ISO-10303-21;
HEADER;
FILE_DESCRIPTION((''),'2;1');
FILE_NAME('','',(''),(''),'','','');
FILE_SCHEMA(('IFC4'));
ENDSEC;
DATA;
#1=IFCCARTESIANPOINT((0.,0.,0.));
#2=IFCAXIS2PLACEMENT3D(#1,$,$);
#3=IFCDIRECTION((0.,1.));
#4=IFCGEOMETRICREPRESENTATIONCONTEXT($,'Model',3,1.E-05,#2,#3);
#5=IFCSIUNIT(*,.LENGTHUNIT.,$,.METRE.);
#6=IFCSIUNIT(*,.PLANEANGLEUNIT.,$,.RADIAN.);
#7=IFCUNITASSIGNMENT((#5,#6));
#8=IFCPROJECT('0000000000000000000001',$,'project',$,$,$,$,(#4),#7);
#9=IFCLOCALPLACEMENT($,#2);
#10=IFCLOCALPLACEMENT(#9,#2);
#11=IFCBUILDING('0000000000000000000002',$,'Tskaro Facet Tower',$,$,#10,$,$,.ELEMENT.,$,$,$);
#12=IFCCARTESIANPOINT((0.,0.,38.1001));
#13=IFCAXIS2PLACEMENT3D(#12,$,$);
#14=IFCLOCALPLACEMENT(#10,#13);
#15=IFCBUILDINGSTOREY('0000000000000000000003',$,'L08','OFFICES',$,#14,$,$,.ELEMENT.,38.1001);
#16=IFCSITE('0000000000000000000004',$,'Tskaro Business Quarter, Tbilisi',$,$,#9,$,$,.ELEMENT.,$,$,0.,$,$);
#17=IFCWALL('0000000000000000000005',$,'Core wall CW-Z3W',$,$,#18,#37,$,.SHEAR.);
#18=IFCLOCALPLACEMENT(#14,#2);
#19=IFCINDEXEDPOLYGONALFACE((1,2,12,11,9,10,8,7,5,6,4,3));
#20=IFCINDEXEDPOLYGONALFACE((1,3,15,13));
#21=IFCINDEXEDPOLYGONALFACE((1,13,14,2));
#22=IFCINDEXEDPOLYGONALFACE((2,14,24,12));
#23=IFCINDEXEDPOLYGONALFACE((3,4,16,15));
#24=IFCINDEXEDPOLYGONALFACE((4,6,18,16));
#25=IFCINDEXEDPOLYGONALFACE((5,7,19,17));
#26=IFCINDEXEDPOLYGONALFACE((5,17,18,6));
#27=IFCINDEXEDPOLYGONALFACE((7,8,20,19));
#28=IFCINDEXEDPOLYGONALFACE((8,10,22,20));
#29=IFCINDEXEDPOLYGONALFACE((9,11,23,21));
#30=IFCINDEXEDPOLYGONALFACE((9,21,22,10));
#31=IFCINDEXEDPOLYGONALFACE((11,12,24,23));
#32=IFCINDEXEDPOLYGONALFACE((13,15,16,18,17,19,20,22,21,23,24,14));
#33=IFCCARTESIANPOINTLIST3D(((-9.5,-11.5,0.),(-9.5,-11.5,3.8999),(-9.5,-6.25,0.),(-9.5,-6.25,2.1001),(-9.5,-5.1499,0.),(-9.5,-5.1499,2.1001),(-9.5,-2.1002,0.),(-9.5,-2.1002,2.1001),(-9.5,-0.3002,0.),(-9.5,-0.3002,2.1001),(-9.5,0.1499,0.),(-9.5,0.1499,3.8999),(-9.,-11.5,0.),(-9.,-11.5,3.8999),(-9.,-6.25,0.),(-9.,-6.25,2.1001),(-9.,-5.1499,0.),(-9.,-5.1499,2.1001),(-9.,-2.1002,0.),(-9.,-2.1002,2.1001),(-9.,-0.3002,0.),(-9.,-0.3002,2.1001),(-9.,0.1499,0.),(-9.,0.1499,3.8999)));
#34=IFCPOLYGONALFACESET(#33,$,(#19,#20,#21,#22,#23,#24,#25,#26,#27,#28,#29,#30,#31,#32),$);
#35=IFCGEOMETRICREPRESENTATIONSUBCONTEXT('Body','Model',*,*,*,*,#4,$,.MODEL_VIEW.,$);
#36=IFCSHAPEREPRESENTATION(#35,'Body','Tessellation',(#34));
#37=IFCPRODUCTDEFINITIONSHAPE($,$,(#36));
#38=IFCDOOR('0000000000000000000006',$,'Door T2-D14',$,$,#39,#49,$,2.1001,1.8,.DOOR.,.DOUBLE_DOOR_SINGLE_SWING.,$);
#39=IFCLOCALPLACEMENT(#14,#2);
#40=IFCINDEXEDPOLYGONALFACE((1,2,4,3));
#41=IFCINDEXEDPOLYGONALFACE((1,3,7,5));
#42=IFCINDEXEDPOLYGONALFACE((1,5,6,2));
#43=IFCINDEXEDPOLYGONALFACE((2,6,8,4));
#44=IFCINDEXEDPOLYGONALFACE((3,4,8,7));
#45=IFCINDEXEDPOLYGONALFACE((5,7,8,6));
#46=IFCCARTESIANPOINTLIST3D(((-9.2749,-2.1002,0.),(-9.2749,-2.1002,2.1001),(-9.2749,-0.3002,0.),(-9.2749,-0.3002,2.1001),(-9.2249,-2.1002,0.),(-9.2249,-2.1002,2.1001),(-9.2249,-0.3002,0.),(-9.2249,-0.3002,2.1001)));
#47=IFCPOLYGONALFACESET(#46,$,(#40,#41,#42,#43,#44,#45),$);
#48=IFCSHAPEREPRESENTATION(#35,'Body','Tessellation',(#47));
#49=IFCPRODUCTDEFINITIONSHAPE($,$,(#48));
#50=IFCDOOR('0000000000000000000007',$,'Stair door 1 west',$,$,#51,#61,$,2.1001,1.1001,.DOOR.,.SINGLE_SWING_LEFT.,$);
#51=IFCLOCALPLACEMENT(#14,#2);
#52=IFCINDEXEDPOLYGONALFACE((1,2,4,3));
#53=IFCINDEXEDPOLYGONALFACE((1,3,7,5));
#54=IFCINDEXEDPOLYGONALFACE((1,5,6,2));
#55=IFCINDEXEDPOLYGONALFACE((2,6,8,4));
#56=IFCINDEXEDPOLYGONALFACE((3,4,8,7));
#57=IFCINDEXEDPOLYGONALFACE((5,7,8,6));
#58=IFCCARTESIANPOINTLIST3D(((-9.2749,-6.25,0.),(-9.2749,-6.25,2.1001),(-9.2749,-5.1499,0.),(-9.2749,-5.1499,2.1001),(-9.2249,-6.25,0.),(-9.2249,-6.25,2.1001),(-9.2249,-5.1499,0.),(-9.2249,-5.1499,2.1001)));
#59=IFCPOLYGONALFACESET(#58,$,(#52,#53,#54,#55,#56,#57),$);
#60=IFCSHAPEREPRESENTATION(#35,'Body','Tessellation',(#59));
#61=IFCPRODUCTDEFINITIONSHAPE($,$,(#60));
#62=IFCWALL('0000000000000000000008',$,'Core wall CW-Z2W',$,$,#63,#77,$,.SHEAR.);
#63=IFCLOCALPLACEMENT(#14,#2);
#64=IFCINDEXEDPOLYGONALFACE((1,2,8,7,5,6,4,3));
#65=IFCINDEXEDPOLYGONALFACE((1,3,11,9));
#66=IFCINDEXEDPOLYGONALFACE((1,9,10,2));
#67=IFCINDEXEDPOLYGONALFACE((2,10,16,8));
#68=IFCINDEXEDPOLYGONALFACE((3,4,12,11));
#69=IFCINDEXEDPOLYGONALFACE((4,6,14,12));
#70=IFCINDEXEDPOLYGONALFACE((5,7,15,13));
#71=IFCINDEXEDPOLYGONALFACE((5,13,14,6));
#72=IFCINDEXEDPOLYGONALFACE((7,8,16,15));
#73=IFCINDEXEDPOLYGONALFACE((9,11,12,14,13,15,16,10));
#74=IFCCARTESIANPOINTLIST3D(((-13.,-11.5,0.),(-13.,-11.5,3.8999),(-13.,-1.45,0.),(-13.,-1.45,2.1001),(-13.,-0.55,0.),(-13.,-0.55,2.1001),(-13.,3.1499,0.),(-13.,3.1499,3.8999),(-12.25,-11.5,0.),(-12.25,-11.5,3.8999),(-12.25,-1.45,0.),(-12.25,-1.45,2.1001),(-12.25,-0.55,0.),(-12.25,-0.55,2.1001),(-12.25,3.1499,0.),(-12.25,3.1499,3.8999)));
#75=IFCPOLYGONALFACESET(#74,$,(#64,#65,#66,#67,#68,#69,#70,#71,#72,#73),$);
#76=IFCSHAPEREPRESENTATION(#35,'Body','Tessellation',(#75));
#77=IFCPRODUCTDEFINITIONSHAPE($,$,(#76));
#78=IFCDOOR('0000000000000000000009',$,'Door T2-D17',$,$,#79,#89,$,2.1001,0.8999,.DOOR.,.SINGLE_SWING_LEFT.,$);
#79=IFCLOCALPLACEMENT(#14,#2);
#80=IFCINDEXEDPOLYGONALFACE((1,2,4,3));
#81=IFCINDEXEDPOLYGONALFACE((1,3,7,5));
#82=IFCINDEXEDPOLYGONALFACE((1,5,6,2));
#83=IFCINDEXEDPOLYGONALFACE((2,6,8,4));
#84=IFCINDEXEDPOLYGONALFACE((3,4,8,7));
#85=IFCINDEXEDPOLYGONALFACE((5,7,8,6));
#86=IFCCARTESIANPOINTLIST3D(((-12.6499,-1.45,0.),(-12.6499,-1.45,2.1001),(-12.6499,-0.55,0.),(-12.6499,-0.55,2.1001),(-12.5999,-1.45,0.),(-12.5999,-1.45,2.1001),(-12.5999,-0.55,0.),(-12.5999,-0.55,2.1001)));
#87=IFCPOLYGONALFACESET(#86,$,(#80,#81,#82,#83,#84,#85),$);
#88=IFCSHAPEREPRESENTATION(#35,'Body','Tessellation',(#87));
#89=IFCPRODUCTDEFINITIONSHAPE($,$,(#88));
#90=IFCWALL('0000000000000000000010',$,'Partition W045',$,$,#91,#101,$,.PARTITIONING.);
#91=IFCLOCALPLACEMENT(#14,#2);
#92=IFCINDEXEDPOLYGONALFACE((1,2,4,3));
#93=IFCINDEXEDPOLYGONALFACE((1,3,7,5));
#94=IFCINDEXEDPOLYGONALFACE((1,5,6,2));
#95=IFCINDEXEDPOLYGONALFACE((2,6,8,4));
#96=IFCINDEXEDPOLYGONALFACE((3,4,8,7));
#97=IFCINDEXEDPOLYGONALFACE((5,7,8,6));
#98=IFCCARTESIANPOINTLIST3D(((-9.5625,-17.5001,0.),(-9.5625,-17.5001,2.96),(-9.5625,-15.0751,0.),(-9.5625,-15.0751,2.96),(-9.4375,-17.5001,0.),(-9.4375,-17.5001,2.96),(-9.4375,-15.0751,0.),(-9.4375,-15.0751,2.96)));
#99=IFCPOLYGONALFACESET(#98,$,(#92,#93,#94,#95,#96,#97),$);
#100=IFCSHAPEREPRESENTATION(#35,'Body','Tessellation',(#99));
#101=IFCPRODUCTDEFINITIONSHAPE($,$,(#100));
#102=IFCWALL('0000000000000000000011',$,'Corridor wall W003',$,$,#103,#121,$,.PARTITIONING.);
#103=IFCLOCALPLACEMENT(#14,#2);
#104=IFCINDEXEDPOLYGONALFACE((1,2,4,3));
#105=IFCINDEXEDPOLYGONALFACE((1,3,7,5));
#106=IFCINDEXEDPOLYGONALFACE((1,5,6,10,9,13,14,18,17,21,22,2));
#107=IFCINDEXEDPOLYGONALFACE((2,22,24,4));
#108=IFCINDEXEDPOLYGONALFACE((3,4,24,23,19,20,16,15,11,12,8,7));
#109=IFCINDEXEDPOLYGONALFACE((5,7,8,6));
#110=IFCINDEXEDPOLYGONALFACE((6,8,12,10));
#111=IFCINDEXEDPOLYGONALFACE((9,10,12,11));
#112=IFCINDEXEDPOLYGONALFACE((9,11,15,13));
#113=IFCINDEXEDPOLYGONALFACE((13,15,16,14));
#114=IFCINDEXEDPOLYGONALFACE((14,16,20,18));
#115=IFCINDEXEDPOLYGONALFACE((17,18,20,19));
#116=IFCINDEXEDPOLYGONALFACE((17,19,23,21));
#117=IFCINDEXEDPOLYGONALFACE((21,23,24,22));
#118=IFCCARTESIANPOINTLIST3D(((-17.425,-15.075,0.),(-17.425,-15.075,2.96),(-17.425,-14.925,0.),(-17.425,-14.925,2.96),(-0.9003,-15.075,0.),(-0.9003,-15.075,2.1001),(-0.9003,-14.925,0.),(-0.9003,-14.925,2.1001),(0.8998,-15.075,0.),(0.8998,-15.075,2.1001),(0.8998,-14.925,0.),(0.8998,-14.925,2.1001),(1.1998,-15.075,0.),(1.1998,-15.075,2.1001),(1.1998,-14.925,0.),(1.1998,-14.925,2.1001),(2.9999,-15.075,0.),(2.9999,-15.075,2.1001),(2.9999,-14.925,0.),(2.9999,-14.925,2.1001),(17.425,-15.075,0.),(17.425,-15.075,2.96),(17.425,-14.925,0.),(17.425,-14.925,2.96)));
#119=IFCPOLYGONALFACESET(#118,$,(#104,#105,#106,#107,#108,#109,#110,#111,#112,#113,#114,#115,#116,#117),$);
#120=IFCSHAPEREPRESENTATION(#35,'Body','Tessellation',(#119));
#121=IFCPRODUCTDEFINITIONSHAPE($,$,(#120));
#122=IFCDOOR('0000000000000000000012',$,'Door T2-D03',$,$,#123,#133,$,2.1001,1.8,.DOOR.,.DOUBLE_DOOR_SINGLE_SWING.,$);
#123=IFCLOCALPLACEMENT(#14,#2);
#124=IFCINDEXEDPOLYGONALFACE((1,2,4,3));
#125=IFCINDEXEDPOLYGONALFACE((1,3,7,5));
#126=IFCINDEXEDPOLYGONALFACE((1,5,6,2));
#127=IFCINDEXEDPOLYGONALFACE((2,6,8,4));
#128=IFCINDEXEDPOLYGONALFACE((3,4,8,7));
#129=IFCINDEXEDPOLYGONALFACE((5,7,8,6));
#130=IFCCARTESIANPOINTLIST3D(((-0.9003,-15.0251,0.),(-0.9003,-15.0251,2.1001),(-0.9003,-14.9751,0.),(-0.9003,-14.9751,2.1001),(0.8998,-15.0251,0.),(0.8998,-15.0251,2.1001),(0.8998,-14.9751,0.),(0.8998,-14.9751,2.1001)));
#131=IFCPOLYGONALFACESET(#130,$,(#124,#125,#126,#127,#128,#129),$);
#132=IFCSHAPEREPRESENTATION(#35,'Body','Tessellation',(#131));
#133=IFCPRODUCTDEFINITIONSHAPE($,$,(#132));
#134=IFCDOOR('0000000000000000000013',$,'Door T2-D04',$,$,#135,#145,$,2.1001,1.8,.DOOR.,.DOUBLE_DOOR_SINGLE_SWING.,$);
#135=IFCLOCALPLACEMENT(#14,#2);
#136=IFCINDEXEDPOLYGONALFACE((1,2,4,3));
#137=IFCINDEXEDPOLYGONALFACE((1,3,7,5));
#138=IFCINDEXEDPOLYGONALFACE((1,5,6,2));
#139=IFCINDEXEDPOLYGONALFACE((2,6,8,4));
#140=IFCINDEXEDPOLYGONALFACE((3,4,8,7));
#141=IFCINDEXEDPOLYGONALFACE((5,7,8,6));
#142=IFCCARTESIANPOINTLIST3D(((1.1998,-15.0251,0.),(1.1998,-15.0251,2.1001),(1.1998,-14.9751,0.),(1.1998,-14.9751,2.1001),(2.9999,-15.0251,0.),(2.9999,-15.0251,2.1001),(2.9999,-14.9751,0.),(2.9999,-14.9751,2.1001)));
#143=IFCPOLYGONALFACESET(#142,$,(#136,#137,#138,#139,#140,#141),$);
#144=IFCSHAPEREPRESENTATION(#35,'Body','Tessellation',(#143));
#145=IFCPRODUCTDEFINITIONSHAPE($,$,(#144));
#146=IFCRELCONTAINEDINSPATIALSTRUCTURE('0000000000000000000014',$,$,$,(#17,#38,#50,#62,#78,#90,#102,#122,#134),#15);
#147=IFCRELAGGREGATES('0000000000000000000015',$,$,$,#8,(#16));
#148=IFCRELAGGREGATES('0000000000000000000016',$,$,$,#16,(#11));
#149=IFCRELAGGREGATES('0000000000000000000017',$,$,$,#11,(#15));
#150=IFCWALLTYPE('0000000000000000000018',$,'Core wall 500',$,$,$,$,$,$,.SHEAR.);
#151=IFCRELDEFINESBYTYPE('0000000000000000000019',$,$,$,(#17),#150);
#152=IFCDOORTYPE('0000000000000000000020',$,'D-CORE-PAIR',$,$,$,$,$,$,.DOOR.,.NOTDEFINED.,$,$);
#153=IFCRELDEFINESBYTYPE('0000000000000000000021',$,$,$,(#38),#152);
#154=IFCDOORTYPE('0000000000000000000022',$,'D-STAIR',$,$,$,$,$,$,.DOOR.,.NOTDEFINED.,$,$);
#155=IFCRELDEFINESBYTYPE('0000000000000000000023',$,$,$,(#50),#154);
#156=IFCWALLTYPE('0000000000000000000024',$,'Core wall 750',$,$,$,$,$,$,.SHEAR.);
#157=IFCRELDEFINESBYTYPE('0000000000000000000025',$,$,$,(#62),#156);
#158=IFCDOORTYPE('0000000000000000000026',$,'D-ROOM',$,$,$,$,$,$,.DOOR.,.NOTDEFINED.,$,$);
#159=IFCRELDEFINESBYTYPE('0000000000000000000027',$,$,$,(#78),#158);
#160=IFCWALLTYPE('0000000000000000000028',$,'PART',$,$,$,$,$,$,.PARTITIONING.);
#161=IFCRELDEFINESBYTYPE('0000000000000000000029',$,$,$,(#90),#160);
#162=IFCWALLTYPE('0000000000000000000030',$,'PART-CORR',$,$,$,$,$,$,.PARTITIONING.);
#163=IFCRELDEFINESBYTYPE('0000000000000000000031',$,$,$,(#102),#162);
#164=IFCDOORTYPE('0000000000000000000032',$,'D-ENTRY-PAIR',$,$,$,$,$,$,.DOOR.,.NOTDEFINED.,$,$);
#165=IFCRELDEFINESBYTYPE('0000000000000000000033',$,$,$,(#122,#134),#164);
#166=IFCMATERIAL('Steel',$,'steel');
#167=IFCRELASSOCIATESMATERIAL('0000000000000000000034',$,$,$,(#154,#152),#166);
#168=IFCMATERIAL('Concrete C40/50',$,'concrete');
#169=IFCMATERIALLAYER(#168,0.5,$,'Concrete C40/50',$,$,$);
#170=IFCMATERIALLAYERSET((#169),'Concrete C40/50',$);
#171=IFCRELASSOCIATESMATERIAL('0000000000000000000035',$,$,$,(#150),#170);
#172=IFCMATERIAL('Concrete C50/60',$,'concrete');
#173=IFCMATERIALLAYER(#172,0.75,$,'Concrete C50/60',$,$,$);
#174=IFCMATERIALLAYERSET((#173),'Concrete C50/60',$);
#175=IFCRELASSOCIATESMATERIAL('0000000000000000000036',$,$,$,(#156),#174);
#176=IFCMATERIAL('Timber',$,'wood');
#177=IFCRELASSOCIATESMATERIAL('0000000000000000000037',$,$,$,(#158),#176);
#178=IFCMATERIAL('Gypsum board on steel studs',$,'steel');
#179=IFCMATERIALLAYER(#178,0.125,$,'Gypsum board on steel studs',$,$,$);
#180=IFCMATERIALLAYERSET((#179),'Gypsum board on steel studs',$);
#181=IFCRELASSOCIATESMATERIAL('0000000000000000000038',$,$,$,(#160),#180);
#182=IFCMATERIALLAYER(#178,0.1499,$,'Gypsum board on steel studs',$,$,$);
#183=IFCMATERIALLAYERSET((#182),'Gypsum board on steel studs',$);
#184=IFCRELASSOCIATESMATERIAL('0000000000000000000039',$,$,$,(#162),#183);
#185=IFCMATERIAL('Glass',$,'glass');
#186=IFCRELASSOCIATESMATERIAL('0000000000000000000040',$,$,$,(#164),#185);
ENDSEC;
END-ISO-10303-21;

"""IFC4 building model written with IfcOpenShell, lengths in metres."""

from ifc_helpers import new_model, si_unit, direction, frame, frame_2d, origin, place, context, subcontext, project, spatial, rectangle, extrude, material, layer, layer_set, type_object, element, fill, save


model = new_model("IFC4")

# Units and contexts
model_context = context("Model", 3, precision=1e-05, world=origin(), true_north=direction((0.0, 1.0)))
body_context = subcontext(model_context, "Body", "Model", "MODEL_VIEW")
ifc_project = project(units=[si_unit("LENGTHUNIT", "METRE"), si_unit("PLANEANGLEUNIT", "RADIAN")], contexts=[model_context])

# Site, building, storey
site_placement = place(None, origin())
site = spatial("IfcSite", under=ifc_project, at=site_placement, Name="Tskaro Business Quarter, Tbilisi", CompositionType="ELEMENT", RefElevation=0.0)
building_placement = place(site_placement, origin())
building = spatial("IfcBuilding", under=site, at=building_placement, Name="Tskaro Facet Tower", CompositionType="ELEMENT")
storey_placement = place(building_placement, frame((0.0, 0.0, 38.1001)))
storey = spatial("IfcBuildingStorey", under=building, at=storey_placement, Name="L08", Description="OFFICES", CompositionType="ELEMENT", Elevation=38.1001)

# Shared definitions
ifc_material_1 = material(Name="Steel", Category="steel")
door_type_1 = type_object("IfcDoorType", Name="D-STAIR", OperationType="NOTDEFINED", PredefinedType="DOOR", material=ifc_material_1)

# Shared definitions
door_type_2 = type_object("IfcDoorType", Name="D-CORE-PAIR", OperationType="NOTDEFINED", PredefinedType="DOOR", material=ifc_material_1)

# Wall, openings, doors
ifc_material_2 = material(Name="Concrete C40/50", Category="concrete")
ifc_layer_1 = layer(ifc_material_2, 0.5, Name="Concrete C40/50")
ifc_layer_set_1 = layer_set([ifc_layer_1], Name="Concrete C40/50")
wall_type_1 = type_object("IfcWallType", Name="Core wall 500", PredefinedType="SHEAR", material=ifc_layer_set_1)
wall_1_placement = place(storey_placement, frame((-9.25, -11.5, 0.0), z_axis=(0.0, 0.0, 1.0), x_axis=(0.0, 1.0, 0.0)))
wall_1 = element("IfcWall", 1, at=wall_1_placement, inside=storey, type_object=wall_type_1, Name="Core wall CW-Z3W", PredefinedType="SHEAR", context=body_context, shape_type="SweptSolid", body=[
    extrude(rectangle(XDim=11.6499, YDim=0.5, at=frame_2d((5.825, 0.0))), origin(), (0.0, 0.0, 1.0), 3.8999),
])
opening_1_placement = place(wall_1_placement, frame((9.3999, 0.0, 0.0)))
opening_1 = element("IfcOpeningElement", 2, at=opening_1_placement, cuts=wall_1, PredefinedType="OPENING", context=body_context, shape_type="SweptSolid", body=[
    extrude(rectangle(XDim=1.8, YDim=2.1001, at=frame_2d((0.8999, 1.05))), frame((0.0, 0.26, 0.0), z_axis=(0.0, -1.0, 0.0), x_axis=(1.0, 0.0, 0.0)), (0.0, 0.0, 1.0), 0.52),
])
opening_2_placement = place(wall_1_placement, frame((5.25, 0.0, 0.0)))
opening_2 = element("IfcOpeningElement", 3, at=opening_2_placement, cuts=wall_1, PredefinedType="OPENING", context=body_context, shape_type="SweptSolid", body=[
    extrude(rectangle(XDim=1.1001, YDim=2.1001, at=frame_2d((0.55, 1.05))), frame((0.0, 0.26, 0.0), z_axis=(0.0, -1.0, 0.0), x_axis=(1.0, 0.0, 0.0)), (0.0, 0.0, 1.0), 0.52),
])
door_1_placement = place(opening_1_placement, origin())
door_1 = element("IfcDoor", 4, at=door_1_placement, inside=storey, type_object=door_type_2, Name="Door T2-D14", OperationType="DOUBLE_DOOR_SINGLE_SWING", OverallHeight=2.1001, OverallWidth=1.8, PredefinedType="DOOR", context=body_context, shape_type="SweptSolid", body=[
    extrude(rectangle(XDim=1.8, YDim=2.1001, at=frame_2d((0.8999, 1.05))), frame((0.0, 0.0249, 0.0), z_axis=(0.0, -1.0, 0.0), x_axis=(1.0, 0.0, 0.0)), (0.0, 0.0, 1.0), 0.05),
])
fill(opening_1, door_1)
door_2_placement = place(opening_2_placement, origin())
door_2 = element("IfcDoor", 5, at=door_2_placement, inside=storey, type_object=door_type_1, Name="Stair door 1 west", OperationType="SINGLE_SWING_LEFT", OverallHeight=2.1001, OverallWidth=1.1001, PredefinedType="DOOR", context=body_context, shape_type="SweptSolid", body=[
    extrude(rectangle(XDim=1.1001, YDim=2.1001, at=frame_2d((0.55, 1.05))), frame((0.0, 0.0249, 0.0), z_axis=(0.0, -1.0, 0.0), x_axis=(1.0, 0.0, 0.0)), (0.0, 0.0, 1.0), 0.05),
])
fill(opening_2, door_2)

# Wall, opening, door
ifc_material_3 = material(Name="Concrete C50/60", Category="concrete")
ifc_layer_2 = layer(ifc_material_3, 0.75, Name="Concrete C50/60")
ifc_layer_set_2 = layer_set([ifc_layer_2], Name="Concrete C50/60")
wall_type_2 = type_object("IfcWallType", Name="Core wall 750", PredefinedType="SHEAR", material=ifc_layer_set_2)
wall_2_placement = place(storey_placement, frame((-12.625, -11.5, 0.0), z_axis=(0.0, 0.0, 1.0), x_axis=(0.0, 1.0, 0.0)))
wall_2 = element("IfcWall", 6, at=wall_2_placement, inside=storey, type_object=wall_type_2, Name="Core wall CW-Z2W", PredefinedType="SHEAR", context=body_context, shape_type="SweptSolid", body=[
    extrude(rectangle(XDim=14.6499, YDim=0.75, at=frame_2d((7.325, 0.0))), origin(), (0.0, 0.0, 1.0), 3.8999),
])
opening_3_placement = place(wall_2_placement, frame((10.05, 0.0, 0.0)))
opening_3 = element("IfcOpeningElement", 7, at=opening_3_placement, cuts=wall_2, PredefinedType="OPENING", context=body_context, shape_type="SweptSolid", body=[
    extrude(rectangle(XDim=0.8999, YDim=2.1001, at=frame_2d((0.45, 1.05))), frame((0.0, 0.385, 0.0), z_axis=(0.0, -1.0, 0.0), x_axis=(1.0, 0.0, 0.0)), (0.0, 0.0, 1.0), 0.77),
])
ifc_material_4 = material(Name="Timber", Category="wood")
door_type_3 = type_object("IfcDoorType", Name="D-ROOM", OperationType="NOTDEFINED", PredefinedType="DOOR", material=ifc_material_4)
door_3_placement = place(opening_3_placement, origin())
door_3 = element("IfcDoor", 8, at=door_3_placement, inside=storey, type_object=door_type_3, Name="Door T2-D17", OperationType="SINGLE_SWING_LEFT", OverallHeight=2.1001, OverallWidth=0.8999, PredefinedType="DOOR", context=body_context, shape_type="SweptSolid", body=[
    extrude(rectangle(XDim=0.8999, YDim=2.1001, at=frame_2d((0.45, 1.05))), frame((0.0, 0.0249, 0.0), z_axis=(0.0, -1.0, 0.0), x_axis=(1.0, 0.0, 0.0)), (0.0, 0.0, 1.0), 0.05),
])
fill(opening_3, door_3)

# Wall
ifc_material_5 = material(Name="Gypsum board on steel studs", Category="steel")
ifc_layer_3 = layer(ifc_material_5, 0.125, Name="Gypsum board on steel studs")
ifc_layer_set_3 = layer_set([ifc_layer_3], Name="Gypsum board on steel studs")
wall_type_3 = type_object("IfcWallType", Name="PART", PredefinedType="PARTITIONING", material=ifc_layer_set_3)
wall_3_placement = place(storey_placement, frame((-9.5, -17.5, 0.0), z_axis=(0.0, 0.0, 1.0), x_axis=(0.0, 1.0, 0.0)))
element("IfcWall", 9, at=wall_3_placement, inside=storey, type_object=wall_type_3, Name="Partition W045", PredefinedType="PARTITIONING", context=body_context, shape_type="SweptSolid", body=[
    extrude(rectangle(XDim=2.425, YDim=0.125, at=frame_2d((1.2124, 0.0))), origin(), (0.0, 0.0, 1.0), 2.96),
])

# Wall, openings, doors
ifc_layer_4 = layer(ifc_material_5, 0.1499, Name="Gypsum board on steel studs")
ifc_layer_set_4 = layer_set([ifc_layer_4], Name="Gypsum board on steel studs")
wall_type_4 = type_object("IfcWallType", Name="PART-CORR", PredefinedType="PARTITIONING", material=ifc_layer_set_4)
wall_4_placement = place(storey_placement, frame((-17.425, -15.0, 0.0), z_axis=(0.0, 0.0, 1.0), x_axis=(1.0, 0.0, 0.0)))
wall_4 = element("IfcWall", 10, at=wall_4_placement, inside=storey, type_object=wall_type_4, Name="Corridor wall W003", PredefinedType="PARTITIONING", context=body_context, shape_type="SweptSolid", body=[
    extrude(rectangle(XDim=34.8501, YDim=0.1499, at=frame_2d((17.425, 0.0))), origin(), (0.0, 0.0, 1.0), 2.96),
])
opening_4_placement = place(wall_4_placement, frame((16.5249, 0.0, 0.0)))
opening_4 = element("IfcOpeningElement", 11, at=opening_4_placement, cuts=wall_4, PredefinedType="OPENING", context=body_context, shape_type="SweptSolid", body=[
    extrude(rectangle(XDim=1.8, YDim=2.1001, at=frame_2d((0.8999, 1.05))), frame((0.0, 0.085, 0.0), z_axis=(0.0, -1.0, 0.0), x_axis=(1.0, 0.0, 0.0)), (0.0, 0.0, 1.0), 0.1699),
])
opening_5_placement = place(wall_4_placement, frame((18.625, 0.0, 0.0)))
opening_5 = element("IfcOpeningElement", 12, at=opening_5_placement, cuts=wall_4, PredefinedType="OPENING", context=body_context, shape_type="SweptSolid", body=[
    extrude(rectangle(XDim=1.8, YDim=2.1001, at=frame_2d((0.8999, 1.05))), frame((0.0, 0.085, 0.0), z_axis=(0.0, -1.0, 0.0), x_axis=(1.0, 0.0, 0.0)), (0.0, 0.0, 1.0), 0.1699),
])
ifc_material_6 = material(Name="Glass", Category="glass")
door_type_4 = type_object("IfcDoorType", Name="D-ENTRY-PAIR", OperationType="NOTDEFINED", PredefinedType="DOOR", material=ifc_material_6)
door_4_placement = place(opening_4_placement, origin())
door_4 = element("IfcDoor", 13, at=door_4_placement, inside=storey, type_object=door_type_4, Name="Door T2-D03", OperationType="DOUBLE_DOOR_SINGLE_SWING", OverallHeight=2.1001, OverallWidth=1.8, PredefinedType="DOOR", context=body_context, shape_type="SweptSolid", body=[
    extrude(rectangle(XDim=1.8, YDim=2.1001, at=frame_2d((0.8999, 1.05))), frame((0.0, 0.0249, 0.0), z_axis=(0.0, -1.0, 0.0), x_axis=(1.0, 0.0, 0.0)), (0.0, 0.0, 1.0), 0.05),
])
fill(opening_4, door_4)
door_5_placement = place(opening_5_placement, origin())
door_5 = element("IfcDoor", 14, at=door_5_placement, inside=storey, type_object=door_type_4, Name="Door T2-D04", OperationType="DOUBLE_DOOR_SINGLE_SWING", OverallHeight=2.1001, OverallWidth=1.8, PredefinedType="DOOR", context=body_context, shape_type="SweptSolid", body=[
    extrude(rectangle(XDim=1.8, YDim=2.1001, at=frame_2d((0.8999, 1.05))), frame((0.0, 0.0249, 0.0), z_axis=(0.0, -1.0, 0.0), x_axis=(1.0, 0.0, 0.0)), (0.0, 0.0, 1.0), 0.05),
])
fill(opening_5, door_5)

save(model, "model.ifc")
